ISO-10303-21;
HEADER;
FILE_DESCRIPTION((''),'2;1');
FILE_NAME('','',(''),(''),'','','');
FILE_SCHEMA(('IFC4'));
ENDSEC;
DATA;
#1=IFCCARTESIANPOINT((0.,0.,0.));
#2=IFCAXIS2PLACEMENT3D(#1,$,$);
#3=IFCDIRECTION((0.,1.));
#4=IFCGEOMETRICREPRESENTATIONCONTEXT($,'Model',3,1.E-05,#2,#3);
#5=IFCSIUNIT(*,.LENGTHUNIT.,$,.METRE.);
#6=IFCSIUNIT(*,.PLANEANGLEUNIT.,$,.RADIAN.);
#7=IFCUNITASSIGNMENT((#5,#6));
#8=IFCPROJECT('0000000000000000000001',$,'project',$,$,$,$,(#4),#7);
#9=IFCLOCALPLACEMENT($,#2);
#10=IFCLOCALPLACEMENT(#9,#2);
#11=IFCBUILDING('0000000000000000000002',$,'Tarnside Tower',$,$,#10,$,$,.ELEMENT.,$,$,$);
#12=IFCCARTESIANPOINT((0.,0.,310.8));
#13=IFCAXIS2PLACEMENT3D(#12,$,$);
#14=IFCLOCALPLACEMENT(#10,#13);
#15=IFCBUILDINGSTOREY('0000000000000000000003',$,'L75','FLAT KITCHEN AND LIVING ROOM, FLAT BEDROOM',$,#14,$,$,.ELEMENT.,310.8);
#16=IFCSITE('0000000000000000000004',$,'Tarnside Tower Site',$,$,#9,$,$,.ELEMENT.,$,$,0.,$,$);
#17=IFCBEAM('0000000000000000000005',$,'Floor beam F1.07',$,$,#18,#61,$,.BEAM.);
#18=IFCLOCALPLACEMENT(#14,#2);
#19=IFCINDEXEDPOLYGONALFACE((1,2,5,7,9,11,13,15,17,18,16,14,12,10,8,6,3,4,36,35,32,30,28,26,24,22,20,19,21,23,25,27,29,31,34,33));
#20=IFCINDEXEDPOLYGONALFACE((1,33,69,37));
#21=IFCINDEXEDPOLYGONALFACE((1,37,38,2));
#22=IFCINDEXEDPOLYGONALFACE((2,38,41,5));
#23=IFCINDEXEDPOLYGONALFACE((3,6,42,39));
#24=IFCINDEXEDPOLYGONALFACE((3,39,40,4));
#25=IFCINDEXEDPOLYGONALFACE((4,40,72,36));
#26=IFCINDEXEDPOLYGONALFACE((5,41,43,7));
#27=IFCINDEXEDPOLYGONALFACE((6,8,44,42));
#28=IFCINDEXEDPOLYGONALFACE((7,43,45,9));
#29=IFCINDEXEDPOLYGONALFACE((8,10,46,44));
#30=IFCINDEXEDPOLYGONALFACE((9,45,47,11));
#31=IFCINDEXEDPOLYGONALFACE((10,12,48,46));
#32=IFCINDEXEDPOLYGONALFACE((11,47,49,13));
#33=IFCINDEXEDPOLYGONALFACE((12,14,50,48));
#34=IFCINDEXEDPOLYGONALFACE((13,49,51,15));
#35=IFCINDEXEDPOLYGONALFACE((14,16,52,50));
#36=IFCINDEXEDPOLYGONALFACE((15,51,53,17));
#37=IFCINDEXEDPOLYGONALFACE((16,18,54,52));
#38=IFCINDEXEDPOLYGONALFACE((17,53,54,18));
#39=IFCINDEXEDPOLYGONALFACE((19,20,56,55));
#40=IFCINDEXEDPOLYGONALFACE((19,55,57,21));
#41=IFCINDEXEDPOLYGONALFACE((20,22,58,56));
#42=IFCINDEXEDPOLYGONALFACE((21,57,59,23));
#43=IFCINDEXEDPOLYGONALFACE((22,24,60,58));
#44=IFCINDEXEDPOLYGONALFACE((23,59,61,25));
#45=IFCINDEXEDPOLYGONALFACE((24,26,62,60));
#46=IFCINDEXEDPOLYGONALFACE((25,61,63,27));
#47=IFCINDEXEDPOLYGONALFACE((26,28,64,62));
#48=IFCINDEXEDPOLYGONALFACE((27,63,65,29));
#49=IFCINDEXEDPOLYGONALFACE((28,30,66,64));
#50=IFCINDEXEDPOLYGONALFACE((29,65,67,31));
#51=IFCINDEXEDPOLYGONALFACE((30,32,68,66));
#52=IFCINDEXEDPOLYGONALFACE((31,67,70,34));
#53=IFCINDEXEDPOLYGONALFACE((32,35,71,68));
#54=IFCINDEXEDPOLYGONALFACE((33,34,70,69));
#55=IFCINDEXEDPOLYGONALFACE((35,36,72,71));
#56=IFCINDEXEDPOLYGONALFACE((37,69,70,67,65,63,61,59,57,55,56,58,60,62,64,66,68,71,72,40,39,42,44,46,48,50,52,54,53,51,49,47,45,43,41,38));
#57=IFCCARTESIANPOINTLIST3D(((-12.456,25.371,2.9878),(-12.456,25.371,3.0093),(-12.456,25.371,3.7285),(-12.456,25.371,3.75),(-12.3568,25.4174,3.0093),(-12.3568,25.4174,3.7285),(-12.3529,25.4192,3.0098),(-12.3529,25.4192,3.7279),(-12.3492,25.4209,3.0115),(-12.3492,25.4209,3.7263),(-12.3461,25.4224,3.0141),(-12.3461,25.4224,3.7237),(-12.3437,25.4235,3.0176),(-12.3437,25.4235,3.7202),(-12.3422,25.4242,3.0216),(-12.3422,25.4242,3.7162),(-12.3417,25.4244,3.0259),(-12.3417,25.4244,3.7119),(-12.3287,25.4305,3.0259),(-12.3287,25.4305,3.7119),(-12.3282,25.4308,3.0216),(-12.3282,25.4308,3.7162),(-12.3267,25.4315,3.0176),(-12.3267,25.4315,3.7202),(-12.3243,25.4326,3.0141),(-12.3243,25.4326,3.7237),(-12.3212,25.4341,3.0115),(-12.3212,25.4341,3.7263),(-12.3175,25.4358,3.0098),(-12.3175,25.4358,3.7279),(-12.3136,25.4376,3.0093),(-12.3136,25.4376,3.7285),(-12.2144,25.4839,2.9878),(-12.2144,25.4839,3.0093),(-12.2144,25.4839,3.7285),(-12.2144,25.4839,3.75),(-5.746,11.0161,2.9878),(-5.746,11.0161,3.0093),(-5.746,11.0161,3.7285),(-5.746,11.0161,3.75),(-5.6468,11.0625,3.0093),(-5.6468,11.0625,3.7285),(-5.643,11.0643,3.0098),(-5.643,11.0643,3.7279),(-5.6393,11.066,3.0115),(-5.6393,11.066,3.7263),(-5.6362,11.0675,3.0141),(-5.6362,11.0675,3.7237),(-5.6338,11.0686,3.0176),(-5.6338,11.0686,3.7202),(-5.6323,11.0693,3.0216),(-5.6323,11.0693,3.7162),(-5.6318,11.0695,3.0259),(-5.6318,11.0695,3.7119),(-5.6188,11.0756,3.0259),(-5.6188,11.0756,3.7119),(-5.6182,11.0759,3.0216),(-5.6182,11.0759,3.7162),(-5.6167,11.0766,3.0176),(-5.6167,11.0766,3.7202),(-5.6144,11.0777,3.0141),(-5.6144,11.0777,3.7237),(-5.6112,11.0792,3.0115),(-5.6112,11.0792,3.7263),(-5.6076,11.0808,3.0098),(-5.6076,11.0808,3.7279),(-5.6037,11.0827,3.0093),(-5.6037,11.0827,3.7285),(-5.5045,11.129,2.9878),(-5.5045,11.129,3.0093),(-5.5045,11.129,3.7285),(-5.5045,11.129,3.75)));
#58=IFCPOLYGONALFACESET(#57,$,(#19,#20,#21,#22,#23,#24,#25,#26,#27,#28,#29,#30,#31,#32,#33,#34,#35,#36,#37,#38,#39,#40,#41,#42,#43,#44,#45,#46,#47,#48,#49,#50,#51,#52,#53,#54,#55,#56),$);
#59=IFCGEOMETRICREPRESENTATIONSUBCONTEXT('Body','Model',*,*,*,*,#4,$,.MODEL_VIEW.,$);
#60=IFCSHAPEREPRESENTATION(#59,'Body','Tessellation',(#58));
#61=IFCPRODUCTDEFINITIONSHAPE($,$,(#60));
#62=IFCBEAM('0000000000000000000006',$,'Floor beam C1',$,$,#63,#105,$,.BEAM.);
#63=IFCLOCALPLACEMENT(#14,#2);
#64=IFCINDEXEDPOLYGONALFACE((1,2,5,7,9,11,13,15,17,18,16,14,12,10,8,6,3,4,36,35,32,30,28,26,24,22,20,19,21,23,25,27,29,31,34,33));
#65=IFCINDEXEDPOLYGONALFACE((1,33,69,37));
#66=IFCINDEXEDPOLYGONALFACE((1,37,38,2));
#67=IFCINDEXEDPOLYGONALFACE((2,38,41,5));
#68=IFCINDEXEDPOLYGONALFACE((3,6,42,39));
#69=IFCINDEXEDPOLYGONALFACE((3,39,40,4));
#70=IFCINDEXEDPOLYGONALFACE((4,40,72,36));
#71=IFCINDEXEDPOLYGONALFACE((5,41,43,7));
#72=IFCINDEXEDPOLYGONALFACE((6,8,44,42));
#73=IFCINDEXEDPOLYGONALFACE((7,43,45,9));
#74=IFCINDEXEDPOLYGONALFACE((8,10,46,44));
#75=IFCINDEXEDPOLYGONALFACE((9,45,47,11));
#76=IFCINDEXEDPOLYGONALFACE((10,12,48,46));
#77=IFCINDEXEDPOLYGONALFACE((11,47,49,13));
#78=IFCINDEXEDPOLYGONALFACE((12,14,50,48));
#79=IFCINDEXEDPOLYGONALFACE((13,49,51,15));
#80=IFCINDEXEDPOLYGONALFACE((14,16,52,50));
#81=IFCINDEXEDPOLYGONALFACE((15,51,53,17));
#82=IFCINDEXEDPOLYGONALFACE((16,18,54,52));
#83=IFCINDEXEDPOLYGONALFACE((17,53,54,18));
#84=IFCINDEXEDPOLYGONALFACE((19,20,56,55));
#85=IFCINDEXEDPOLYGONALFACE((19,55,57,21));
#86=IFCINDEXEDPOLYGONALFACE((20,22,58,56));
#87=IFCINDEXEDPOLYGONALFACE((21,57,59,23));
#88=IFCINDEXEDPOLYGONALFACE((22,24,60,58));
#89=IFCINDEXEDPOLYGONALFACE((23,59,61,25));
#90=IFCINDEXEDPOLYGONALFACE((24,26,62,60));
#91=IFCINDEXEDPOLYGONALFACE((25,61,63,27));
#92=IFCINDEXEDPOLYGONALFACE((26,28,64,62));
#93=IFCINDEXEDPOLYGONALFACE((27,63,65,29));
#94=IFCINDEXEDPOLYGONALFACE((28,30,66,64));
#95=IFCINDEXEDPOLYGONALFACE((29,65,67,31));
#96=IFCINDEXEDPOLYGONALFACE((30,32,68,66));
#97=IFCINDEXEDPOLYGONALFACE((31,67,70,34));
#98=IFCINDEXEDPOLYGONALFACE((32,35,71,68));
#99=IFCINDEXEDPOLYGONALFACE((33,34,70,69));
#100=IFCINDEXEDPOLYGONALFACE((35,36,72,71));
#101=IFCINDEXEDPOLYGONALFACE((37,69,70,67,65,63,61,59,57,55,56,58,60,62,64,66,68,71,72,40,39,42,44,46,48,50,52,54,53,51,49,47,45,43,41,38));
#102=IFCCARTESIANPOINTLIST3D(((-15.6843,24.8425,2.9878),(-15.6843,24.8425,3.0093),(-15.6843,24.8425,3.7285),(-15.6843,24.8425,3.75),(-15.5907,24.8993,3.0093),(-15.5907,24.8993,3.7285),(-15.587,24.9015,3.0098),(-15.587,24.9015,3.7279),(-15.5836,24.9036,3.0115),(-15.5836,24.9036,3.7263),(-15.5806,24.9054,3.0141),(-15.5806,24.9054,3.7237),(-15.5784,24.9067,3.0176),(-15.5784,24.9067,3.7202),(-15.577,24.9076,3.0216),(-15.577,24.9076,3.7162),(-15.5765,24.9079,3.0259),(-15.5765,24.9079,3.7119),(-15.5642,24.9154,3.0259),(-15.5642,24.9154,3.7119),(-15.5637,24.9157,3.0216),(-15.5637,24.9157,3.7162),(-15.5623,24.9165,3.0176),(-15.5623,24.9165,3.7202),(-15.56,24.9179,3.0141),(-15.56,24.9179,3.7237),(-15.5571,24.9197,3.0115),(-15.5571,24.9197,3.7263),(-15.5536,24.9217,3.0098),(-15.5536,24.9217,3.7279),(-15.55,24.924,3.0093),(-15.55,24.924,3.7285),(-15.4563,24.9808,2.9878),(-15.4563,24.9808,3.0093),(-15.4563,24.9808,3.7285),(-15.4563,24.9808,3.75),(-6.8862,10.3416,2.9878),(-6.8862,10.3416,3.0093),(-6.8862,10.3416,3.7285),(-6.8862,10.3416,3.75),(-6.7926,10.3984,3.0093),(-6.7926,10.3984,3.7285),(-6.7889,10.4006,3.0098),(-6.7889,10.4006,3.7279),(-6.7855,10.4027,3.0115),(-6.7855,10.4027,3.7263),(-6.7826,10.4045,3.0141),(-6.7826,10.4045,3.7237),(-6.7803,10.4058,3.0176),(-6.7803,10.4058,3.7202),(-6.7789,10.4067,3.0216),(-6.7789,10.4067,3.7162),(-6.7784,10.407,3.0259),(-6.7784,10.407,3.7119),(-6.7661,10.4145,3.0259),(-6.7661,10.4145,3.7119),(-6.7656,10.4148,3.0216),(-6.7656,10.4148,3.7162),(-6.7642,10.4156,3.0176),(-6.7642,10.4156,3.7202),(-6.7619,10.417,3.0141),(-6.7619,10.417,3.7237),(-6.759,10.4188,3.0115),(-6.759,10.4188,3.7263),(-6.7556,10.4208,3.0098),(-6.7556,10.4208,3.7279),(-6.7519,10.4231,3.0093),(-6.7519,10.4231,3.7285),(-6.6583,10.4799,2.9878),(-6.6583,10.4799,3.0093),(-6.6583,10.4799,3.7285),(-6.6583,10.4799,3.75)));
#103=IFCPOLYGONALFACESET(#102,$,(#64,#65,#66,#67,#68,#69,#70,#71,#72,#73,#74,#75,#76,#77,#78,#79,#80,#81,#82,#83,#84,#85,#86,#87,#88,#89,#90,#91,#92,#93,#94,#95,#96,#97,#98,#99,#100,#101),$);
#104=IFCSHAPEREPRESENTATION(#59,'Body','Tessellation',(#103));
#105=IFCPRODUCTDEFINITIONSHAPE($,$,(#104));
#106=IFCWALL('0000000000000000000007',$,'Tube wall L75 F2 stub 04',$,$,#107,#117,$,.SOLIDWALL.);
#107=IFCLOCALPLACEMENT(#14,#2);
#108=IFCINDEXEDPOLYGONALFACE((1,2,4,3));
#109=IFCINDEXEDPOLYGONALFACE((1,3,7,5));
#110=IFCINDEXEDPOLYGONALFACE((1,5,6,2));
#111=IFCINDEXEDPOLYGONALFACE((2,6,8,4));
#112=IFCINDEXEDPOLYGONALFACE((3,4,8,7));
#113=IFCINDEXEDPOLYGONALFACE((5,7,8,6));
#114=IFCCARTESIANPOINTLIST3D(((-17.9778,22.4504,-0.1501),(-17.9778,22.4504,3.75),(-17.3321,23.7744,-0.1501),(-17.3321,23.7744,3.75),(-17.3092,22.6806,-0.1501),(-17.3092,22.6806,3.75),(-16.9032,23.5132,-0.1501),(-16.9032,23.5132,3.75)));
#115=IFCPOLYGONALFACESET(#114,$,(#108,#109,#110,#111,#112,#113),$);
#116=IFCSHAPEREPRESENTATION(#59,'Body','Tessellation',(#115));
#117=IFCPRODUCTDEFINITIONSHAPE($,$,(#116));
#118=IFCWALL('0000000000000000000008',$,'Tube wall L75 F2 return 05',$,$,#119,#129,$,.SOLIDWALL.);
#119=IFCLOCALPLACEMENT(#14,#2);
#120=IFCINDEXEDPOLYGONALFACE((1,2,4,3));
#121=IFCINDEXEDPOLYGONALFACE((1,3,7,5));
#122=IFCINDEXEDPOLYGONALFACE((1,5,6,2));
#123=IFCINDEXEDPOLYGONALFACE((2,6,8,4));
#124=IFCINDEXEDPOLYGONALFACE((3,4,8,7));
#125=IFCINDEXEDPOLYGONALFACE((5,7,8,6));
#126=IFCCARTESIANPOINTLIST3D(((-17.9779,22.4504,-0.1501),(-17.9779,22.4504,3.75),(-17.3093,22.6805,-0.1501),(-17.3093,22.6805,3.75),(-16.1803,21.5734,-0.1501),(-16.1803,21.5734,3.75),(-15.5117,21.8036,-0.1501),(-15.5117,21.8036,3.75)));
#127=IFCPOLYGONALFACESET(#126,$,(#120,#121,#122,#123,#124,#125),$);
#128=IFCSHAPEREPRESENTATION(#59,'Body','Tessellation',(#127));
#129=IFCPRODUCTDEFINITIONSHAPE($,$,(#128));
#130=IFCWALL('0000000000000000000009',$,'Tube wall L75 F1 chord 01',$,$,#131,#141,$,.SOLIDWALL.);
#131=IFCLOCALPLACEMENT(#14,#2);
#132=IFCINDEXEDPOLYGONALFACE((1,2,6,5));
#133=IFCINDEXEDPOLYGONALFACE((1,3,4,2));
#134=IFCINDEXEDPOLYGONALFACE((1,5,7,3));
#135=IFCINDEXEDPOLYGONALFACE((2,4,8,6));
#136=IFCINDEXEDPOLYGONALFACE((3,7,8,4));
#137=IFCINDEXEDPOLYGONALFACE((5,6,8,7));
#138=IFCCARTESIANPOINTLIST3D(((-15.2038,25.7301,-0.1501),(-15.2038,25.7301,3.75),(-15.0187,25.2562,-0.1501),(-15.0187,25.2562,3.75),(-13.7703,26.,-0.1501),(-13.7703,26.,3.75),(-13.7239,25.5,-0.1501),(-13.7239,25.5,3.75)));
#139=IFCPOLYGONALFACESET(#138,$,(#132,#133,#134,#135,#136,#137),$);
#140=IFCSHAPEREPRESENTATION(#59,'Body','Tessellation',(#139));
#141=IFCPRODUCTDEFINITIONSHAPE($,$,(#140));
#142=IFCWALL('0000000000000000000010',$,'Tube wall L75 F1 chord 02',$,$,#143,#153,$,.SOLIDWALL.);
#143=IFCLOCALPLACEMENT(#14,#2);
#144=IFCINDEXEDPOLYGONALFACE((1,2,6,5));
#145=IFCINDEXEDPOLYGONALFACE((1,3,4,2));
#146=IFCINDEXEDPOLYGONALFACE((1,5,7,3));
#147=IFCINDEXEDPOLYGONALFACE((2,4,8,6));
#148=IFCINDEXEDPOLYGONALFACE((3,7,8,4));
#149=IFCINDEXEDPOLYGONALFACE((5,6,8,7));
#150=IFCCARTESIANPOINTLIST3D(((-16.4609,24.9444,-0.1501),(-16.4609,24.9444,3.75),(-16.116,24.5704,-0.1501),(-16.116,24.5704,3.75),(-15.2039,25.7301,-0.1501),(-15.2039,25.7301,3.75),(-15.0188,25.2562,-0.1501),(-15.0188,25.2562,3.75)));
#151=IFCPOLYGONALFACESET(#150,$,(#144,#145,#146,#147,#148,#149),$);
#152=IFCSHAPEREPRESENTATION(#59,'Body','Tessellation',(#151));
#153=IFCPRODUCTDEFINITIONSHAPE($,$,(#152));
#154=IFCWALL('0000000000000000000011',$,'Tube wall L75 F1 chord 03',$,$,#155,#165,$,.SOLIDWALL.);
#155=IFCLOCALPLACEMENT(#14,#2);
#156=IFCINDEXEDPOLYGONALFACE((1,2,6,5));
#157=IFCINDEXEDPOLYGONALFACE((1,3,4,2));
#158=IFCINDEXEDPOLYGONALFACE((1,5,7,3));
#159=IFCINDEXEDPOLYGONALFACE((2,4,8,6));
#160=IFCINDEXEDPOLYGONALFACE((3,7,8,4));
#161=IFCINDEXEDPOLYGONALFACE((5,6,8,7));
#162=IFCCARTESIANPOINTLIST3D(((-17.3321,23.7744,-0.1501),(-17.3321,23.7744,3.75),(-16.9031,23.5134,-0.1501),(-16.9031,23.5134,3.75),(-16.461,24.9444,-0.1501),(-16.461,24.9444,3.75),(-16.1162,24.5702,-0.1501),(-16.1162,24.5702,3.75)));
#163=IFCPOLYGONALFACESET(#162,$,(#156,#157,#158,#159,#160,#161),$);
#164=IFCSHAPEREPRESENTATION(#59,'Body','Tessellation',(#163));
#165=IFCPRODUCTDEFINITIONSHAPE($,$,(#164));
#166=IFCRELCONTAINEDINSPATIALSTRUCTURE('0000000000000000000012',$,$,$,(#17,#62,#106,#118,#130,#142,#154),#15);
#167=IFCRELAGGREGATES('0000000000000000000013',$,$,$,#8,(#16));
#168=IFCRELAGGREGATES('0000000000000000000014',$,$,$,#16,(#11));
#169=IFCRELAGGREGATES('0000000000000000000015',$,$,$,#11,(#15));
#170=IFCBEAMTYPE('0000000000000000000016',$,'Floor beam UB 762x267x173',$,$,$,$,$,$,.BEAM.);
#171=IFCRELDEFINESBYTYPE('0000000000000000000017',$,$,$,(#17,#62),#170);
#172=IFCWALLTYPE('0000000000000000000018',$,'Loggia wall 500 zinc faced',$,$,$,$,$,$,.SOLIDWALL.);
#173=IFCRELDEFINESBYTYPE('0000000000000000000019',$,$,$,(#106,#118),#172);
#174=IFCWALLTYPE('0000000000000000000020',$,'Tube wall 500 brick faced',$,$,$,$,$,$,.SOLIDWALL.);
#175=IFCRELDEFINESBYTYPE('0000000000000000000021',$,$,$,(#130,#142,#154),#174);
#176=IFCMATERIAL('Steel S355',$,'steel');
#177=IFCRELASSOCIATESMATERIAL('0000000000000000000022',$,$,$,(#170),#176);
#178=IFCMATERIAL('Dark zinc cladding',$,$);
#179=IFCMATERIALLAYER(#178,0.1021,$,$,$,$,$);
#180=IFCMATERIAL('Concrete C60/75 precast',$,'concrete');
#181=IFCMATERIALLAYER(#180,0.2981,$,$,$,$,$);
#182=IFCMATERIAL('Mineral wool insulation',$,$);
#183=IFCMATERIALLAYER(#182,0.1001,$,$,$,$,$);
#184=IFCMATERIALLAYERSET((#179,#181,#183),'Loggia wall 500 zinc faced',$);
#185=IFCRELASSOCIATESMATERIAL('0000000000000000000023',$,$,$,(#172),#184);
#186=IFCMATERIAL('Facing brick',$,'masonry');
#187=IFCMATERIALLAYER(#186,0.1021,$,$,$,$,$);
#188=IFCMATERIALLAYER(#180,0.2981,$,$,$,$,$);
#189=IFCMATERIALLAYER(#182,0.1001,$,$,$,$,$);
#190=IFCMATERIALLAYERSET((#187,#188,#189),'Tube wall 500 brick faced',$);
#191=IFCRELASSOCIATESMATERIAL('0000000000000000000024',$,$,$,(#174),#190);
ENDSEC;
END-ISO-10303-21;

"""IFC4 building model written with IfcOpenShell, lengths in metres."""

from ifc_helpers import new_model, si_unit, direction, frame, origin, origin_2d, place, context, subcontext, project, spatial, polyline, i_section, outline, extrude, material, layer, layer_set, material_profile, profile_set, type_object, element, save


model = new_model("IFC4")

# Units and contexts
model_context = context("Model", 3, precision=1e-05, world=origin(), true_north=direction((0.0, 1.0)))
body_context = subcontext(model_context, "Body", "Model", "MODEL_VIEW")
ifc_project = project(units=[si_unit("LENGTHUNIT", "METRE"), si_unit("PLANEANGLEUNIT", "RADIAN")], contexts=[model_context])

# Site, building, storey
site_placement = place(None, origin())
site = spatial("IfcSite", under=ifc_project, at=site_placement, Name="Tarnside Tower Site", CompositionType="ELEMENT", RefElevation=0.0)
building_placement = place(site_placement, origin())
building = spatial("IfcBuilding", under=site, at=building_placement, Name="Tarnside Tower", CompositionType="ELEMENT")
storey_placement = place(building_placement, frame((0.0, 0.0, 310.8)))
storey = spatial("IfcBuildingStorey", under=building, at=storey_placement, Name="L75", Description="FLAT KITCHEN AND LIVING ROOM, FLAT BEDROOM", CompositionType="ELEMENT", Elevation=310.8)

# Beams
ifc_material_1 = material(Name="Steel S355", Category="steel")
ifc_material_profile = material_profile(ifc_material_1, i_section(OverallWidth=0.2666, OverallDepth=0.7622, WebThickness=0.0144, FlangeThickness=0.0215, FilletRadius=0.0166, at=origin_2d()), Name="UB 762x267x173")
ifc_profile_set = profile_set([ifc_material_profile], Name="Steel S355")
beam_type = type_object("IfcBeamType", Name="Floor beam UB 762x267x173", PredefinedType="BEAM", material=ifc_profile_set)
beam_1_placement = place(storey_placement, frame((-12.3352, 25.4275, 3.3689), z_axis=(0.423454, -0.905918, 0.0), x_axis=(0.905918, 0.423454, 0.0)))
element("IfcBeam", 1, at=beam_1_placement, inside=storey, type_object=beam_type, Name="Floor beam F1.07", PredefinedType="BEAM", context=body_context, shape_type="SweptSolid", body=[
    extrude(i_section(OverallWidth=0.2666, OverallDepth=0.7622, WebThickness=0.0144, FlangeThickness=0.0215, FilletRadius=0.0166, at=origin_2d()), origin(), (0.0, 0.0, 1.0), 15.8457),
])
beam_2_placement = place(storey_placement, frame((-15.5703, 24.9116, 3.3689), z_axis=(0.518717, -0.854946, 0.0), x_axis=(0.854946, 0.518717, 0.0)))
element("IfcBeam", 2, at=beam_2_placement, inside=storey, type_object=beam_type, Name="Floor beam C1", PredefinedType="BEAM", context=body_context, shape_type="SweptSolid", body=[
    extrude(i_section(OverallWidth=0.2666, OverallDepth=0.7622, WebThickness=0.0144, FlangeThickness=0.0215, FilletRadius=0.0166, at=origin_2d()), origin(), (0.0, 0.0, 1.0), 16.9612),
])

# Walls
ifc_material_2 = material(Name="Dark zinc cladding")
ifc_layer_1 = layer(ifc_material_2, 0.1021)
ifc_material_3 = material(Name="Concrete C60/75 precast", Category="concrete")
ifc_layer_2 = layer(ifc_material_3, 0.2981)
ifc_material_4 = material(Name="Mineral wool insulation")
ifc_layer_3 = layer(ifc_material_4, 0.1001)
ifc_layer_set_1 = layer_set([ifc_layer_1, ifc_layer_2, ifc_layer_3], Name="Loggia wall 500 zinc faced")
wall_type_1 = type_object("IfcWallType", Name="Loggia wall 500 zinc faced", PredefinedType="SOLIDWALL", material=ifc_layer_set_1)
wall_1_placement = place(storey_placement, frame((-17.1177, 23.6438, -0.1501), z_axis=(0.0, 0.0, 1.0), x_axis=(-0.438319, -0.898819, 0.0)))
element("IfcWall", 3, at=wall_1_placement, inside=storey, type_object=wall_type_1, Name="Tube wall L75 F2 stub 04", PredefinedType="SOLIDWALL", context=body_context, shape_type="SweptSolid", body=[
    extrude(outline(polyline([(-0.0234, -0.25), (1.4497, -0.25), (0.9497, 0.25), (0.0234, 0.25), (-0.0234, -0.25)])), origin(), (0.0, 0.0, 1.0), 3.9001),
])
wall_2_placement = place(storey_placement, frame((-17.6436, 22.5654, -0.1501), z_axis=(0.0, 0.0, 1.0), x_axis=(0.898754, -0.438452, 0.0)))
element("IfcWall", 4, at=wall_2_placement, inside=storey, type_object=wall_type_1, Name="Tube wall L75 F2 return 05", PredefinedType="SOLIDWALL", context=body_context, shape_type="SweptSolid", body=[
    extrude(outline(polyline([(-0.25, -0.25), (1.75, -0.25), (2.25, 0.25), (0.25, 0.25), (-0.25, -0.25)])), origin(), (0.0, 0.0, 1.0), 3.9001),
])

# Walls
ifc_material_5 = material(Name="Facing brick", Category="masonry")
ifc_layer_4 = layer(ifc_material_5, 0.1021)
ifc_layer_5 = layer(ifc_material_3, 0.2981)
ifc_layer_6 = layer(ifc_material_4, 0.1001)
ifc_layer_set_2 = layer_set([ifc_layer_4, ifc_layer_5, ifc_layer_6], Name="Tube wall 500 brick faced")
wall_type_2 = type_object("IfcWallType", Name="Tube wall 500 brick faced", PredefinedType="SOLIDWALL", material=ifc_layer_set_2)
wall_3_placement = place(storey_placement, frame((-13.7471, 25.75, -0.1501), z_axis=(0.0, 0.0, 1.0), x_axis=(-0.982737, -0.185011, 0.0)))
element("IfcWall", 5, at=wall_3_placement, inside=storey, type_object=wall_type_2, Name="Tube wall L75 F1 chord 01", PredefinedType="SOLIDWALL", context=body_context, shape_type="SweptSolid", body=[
    extrude(outline(polyline([(-0.0234, -0.25), (1.4353, -0.25), (1.3411, 0.25), (0.0234, 0.25), (-0.0234, -0.25)])), origin(), (0.0, 0.0, 1.0), 3.9001),
])
wall_4_placement = place(storey_placement, frame((-15.1113, 25.4932, -0.1501), z_axis=(0.0, 0.0, 1.0), x_axis=(-0.847979, -0.530031, 0.0)))
element("IfcWall", 6, at=wall_4_placement, inside=storey, type_object=wall_type_2, Name="Tube wall L75 F1 chord 02", PredefinedType="SOLIDWALL", context=body_context, shape_type="SweptSolid", body=[
    extrude(outline(polyline([(-0.0471, -0.25), (1.4353, -0.25), (1.3411, 0.25), (0.0471, 0.25), (-0.0471, -0.25)])), origin(), (0.0, 0.0, 1.0), 3.9001),
])
wall_5_placement = place(storey_placement, frame((-16.2886, 24.7573, -0.1501), z_axis=(0.0, 0.0, 1.0), x_axis=(-0.597211, -0.802084, 0.0)))
element("IfcWall", 7, at=wall_5_placement, inside=storey, type_object=wall_type_2, Name="Tube wall L75 F1 chord 03", PredefinedType="SOLIDWALL", context=body_context, shape_type="SweptSolid", body=[
    extrude(outline(polyline([(-0.0471, -0.25), (1.4116, -0.25), (1.3647, 0.25), (0.0471, 0.25), (-0.0471, -0.25)])), origin(), (0.0, 0.0, 1.0), 3.9001),
])

save(model, "model.ifc")
